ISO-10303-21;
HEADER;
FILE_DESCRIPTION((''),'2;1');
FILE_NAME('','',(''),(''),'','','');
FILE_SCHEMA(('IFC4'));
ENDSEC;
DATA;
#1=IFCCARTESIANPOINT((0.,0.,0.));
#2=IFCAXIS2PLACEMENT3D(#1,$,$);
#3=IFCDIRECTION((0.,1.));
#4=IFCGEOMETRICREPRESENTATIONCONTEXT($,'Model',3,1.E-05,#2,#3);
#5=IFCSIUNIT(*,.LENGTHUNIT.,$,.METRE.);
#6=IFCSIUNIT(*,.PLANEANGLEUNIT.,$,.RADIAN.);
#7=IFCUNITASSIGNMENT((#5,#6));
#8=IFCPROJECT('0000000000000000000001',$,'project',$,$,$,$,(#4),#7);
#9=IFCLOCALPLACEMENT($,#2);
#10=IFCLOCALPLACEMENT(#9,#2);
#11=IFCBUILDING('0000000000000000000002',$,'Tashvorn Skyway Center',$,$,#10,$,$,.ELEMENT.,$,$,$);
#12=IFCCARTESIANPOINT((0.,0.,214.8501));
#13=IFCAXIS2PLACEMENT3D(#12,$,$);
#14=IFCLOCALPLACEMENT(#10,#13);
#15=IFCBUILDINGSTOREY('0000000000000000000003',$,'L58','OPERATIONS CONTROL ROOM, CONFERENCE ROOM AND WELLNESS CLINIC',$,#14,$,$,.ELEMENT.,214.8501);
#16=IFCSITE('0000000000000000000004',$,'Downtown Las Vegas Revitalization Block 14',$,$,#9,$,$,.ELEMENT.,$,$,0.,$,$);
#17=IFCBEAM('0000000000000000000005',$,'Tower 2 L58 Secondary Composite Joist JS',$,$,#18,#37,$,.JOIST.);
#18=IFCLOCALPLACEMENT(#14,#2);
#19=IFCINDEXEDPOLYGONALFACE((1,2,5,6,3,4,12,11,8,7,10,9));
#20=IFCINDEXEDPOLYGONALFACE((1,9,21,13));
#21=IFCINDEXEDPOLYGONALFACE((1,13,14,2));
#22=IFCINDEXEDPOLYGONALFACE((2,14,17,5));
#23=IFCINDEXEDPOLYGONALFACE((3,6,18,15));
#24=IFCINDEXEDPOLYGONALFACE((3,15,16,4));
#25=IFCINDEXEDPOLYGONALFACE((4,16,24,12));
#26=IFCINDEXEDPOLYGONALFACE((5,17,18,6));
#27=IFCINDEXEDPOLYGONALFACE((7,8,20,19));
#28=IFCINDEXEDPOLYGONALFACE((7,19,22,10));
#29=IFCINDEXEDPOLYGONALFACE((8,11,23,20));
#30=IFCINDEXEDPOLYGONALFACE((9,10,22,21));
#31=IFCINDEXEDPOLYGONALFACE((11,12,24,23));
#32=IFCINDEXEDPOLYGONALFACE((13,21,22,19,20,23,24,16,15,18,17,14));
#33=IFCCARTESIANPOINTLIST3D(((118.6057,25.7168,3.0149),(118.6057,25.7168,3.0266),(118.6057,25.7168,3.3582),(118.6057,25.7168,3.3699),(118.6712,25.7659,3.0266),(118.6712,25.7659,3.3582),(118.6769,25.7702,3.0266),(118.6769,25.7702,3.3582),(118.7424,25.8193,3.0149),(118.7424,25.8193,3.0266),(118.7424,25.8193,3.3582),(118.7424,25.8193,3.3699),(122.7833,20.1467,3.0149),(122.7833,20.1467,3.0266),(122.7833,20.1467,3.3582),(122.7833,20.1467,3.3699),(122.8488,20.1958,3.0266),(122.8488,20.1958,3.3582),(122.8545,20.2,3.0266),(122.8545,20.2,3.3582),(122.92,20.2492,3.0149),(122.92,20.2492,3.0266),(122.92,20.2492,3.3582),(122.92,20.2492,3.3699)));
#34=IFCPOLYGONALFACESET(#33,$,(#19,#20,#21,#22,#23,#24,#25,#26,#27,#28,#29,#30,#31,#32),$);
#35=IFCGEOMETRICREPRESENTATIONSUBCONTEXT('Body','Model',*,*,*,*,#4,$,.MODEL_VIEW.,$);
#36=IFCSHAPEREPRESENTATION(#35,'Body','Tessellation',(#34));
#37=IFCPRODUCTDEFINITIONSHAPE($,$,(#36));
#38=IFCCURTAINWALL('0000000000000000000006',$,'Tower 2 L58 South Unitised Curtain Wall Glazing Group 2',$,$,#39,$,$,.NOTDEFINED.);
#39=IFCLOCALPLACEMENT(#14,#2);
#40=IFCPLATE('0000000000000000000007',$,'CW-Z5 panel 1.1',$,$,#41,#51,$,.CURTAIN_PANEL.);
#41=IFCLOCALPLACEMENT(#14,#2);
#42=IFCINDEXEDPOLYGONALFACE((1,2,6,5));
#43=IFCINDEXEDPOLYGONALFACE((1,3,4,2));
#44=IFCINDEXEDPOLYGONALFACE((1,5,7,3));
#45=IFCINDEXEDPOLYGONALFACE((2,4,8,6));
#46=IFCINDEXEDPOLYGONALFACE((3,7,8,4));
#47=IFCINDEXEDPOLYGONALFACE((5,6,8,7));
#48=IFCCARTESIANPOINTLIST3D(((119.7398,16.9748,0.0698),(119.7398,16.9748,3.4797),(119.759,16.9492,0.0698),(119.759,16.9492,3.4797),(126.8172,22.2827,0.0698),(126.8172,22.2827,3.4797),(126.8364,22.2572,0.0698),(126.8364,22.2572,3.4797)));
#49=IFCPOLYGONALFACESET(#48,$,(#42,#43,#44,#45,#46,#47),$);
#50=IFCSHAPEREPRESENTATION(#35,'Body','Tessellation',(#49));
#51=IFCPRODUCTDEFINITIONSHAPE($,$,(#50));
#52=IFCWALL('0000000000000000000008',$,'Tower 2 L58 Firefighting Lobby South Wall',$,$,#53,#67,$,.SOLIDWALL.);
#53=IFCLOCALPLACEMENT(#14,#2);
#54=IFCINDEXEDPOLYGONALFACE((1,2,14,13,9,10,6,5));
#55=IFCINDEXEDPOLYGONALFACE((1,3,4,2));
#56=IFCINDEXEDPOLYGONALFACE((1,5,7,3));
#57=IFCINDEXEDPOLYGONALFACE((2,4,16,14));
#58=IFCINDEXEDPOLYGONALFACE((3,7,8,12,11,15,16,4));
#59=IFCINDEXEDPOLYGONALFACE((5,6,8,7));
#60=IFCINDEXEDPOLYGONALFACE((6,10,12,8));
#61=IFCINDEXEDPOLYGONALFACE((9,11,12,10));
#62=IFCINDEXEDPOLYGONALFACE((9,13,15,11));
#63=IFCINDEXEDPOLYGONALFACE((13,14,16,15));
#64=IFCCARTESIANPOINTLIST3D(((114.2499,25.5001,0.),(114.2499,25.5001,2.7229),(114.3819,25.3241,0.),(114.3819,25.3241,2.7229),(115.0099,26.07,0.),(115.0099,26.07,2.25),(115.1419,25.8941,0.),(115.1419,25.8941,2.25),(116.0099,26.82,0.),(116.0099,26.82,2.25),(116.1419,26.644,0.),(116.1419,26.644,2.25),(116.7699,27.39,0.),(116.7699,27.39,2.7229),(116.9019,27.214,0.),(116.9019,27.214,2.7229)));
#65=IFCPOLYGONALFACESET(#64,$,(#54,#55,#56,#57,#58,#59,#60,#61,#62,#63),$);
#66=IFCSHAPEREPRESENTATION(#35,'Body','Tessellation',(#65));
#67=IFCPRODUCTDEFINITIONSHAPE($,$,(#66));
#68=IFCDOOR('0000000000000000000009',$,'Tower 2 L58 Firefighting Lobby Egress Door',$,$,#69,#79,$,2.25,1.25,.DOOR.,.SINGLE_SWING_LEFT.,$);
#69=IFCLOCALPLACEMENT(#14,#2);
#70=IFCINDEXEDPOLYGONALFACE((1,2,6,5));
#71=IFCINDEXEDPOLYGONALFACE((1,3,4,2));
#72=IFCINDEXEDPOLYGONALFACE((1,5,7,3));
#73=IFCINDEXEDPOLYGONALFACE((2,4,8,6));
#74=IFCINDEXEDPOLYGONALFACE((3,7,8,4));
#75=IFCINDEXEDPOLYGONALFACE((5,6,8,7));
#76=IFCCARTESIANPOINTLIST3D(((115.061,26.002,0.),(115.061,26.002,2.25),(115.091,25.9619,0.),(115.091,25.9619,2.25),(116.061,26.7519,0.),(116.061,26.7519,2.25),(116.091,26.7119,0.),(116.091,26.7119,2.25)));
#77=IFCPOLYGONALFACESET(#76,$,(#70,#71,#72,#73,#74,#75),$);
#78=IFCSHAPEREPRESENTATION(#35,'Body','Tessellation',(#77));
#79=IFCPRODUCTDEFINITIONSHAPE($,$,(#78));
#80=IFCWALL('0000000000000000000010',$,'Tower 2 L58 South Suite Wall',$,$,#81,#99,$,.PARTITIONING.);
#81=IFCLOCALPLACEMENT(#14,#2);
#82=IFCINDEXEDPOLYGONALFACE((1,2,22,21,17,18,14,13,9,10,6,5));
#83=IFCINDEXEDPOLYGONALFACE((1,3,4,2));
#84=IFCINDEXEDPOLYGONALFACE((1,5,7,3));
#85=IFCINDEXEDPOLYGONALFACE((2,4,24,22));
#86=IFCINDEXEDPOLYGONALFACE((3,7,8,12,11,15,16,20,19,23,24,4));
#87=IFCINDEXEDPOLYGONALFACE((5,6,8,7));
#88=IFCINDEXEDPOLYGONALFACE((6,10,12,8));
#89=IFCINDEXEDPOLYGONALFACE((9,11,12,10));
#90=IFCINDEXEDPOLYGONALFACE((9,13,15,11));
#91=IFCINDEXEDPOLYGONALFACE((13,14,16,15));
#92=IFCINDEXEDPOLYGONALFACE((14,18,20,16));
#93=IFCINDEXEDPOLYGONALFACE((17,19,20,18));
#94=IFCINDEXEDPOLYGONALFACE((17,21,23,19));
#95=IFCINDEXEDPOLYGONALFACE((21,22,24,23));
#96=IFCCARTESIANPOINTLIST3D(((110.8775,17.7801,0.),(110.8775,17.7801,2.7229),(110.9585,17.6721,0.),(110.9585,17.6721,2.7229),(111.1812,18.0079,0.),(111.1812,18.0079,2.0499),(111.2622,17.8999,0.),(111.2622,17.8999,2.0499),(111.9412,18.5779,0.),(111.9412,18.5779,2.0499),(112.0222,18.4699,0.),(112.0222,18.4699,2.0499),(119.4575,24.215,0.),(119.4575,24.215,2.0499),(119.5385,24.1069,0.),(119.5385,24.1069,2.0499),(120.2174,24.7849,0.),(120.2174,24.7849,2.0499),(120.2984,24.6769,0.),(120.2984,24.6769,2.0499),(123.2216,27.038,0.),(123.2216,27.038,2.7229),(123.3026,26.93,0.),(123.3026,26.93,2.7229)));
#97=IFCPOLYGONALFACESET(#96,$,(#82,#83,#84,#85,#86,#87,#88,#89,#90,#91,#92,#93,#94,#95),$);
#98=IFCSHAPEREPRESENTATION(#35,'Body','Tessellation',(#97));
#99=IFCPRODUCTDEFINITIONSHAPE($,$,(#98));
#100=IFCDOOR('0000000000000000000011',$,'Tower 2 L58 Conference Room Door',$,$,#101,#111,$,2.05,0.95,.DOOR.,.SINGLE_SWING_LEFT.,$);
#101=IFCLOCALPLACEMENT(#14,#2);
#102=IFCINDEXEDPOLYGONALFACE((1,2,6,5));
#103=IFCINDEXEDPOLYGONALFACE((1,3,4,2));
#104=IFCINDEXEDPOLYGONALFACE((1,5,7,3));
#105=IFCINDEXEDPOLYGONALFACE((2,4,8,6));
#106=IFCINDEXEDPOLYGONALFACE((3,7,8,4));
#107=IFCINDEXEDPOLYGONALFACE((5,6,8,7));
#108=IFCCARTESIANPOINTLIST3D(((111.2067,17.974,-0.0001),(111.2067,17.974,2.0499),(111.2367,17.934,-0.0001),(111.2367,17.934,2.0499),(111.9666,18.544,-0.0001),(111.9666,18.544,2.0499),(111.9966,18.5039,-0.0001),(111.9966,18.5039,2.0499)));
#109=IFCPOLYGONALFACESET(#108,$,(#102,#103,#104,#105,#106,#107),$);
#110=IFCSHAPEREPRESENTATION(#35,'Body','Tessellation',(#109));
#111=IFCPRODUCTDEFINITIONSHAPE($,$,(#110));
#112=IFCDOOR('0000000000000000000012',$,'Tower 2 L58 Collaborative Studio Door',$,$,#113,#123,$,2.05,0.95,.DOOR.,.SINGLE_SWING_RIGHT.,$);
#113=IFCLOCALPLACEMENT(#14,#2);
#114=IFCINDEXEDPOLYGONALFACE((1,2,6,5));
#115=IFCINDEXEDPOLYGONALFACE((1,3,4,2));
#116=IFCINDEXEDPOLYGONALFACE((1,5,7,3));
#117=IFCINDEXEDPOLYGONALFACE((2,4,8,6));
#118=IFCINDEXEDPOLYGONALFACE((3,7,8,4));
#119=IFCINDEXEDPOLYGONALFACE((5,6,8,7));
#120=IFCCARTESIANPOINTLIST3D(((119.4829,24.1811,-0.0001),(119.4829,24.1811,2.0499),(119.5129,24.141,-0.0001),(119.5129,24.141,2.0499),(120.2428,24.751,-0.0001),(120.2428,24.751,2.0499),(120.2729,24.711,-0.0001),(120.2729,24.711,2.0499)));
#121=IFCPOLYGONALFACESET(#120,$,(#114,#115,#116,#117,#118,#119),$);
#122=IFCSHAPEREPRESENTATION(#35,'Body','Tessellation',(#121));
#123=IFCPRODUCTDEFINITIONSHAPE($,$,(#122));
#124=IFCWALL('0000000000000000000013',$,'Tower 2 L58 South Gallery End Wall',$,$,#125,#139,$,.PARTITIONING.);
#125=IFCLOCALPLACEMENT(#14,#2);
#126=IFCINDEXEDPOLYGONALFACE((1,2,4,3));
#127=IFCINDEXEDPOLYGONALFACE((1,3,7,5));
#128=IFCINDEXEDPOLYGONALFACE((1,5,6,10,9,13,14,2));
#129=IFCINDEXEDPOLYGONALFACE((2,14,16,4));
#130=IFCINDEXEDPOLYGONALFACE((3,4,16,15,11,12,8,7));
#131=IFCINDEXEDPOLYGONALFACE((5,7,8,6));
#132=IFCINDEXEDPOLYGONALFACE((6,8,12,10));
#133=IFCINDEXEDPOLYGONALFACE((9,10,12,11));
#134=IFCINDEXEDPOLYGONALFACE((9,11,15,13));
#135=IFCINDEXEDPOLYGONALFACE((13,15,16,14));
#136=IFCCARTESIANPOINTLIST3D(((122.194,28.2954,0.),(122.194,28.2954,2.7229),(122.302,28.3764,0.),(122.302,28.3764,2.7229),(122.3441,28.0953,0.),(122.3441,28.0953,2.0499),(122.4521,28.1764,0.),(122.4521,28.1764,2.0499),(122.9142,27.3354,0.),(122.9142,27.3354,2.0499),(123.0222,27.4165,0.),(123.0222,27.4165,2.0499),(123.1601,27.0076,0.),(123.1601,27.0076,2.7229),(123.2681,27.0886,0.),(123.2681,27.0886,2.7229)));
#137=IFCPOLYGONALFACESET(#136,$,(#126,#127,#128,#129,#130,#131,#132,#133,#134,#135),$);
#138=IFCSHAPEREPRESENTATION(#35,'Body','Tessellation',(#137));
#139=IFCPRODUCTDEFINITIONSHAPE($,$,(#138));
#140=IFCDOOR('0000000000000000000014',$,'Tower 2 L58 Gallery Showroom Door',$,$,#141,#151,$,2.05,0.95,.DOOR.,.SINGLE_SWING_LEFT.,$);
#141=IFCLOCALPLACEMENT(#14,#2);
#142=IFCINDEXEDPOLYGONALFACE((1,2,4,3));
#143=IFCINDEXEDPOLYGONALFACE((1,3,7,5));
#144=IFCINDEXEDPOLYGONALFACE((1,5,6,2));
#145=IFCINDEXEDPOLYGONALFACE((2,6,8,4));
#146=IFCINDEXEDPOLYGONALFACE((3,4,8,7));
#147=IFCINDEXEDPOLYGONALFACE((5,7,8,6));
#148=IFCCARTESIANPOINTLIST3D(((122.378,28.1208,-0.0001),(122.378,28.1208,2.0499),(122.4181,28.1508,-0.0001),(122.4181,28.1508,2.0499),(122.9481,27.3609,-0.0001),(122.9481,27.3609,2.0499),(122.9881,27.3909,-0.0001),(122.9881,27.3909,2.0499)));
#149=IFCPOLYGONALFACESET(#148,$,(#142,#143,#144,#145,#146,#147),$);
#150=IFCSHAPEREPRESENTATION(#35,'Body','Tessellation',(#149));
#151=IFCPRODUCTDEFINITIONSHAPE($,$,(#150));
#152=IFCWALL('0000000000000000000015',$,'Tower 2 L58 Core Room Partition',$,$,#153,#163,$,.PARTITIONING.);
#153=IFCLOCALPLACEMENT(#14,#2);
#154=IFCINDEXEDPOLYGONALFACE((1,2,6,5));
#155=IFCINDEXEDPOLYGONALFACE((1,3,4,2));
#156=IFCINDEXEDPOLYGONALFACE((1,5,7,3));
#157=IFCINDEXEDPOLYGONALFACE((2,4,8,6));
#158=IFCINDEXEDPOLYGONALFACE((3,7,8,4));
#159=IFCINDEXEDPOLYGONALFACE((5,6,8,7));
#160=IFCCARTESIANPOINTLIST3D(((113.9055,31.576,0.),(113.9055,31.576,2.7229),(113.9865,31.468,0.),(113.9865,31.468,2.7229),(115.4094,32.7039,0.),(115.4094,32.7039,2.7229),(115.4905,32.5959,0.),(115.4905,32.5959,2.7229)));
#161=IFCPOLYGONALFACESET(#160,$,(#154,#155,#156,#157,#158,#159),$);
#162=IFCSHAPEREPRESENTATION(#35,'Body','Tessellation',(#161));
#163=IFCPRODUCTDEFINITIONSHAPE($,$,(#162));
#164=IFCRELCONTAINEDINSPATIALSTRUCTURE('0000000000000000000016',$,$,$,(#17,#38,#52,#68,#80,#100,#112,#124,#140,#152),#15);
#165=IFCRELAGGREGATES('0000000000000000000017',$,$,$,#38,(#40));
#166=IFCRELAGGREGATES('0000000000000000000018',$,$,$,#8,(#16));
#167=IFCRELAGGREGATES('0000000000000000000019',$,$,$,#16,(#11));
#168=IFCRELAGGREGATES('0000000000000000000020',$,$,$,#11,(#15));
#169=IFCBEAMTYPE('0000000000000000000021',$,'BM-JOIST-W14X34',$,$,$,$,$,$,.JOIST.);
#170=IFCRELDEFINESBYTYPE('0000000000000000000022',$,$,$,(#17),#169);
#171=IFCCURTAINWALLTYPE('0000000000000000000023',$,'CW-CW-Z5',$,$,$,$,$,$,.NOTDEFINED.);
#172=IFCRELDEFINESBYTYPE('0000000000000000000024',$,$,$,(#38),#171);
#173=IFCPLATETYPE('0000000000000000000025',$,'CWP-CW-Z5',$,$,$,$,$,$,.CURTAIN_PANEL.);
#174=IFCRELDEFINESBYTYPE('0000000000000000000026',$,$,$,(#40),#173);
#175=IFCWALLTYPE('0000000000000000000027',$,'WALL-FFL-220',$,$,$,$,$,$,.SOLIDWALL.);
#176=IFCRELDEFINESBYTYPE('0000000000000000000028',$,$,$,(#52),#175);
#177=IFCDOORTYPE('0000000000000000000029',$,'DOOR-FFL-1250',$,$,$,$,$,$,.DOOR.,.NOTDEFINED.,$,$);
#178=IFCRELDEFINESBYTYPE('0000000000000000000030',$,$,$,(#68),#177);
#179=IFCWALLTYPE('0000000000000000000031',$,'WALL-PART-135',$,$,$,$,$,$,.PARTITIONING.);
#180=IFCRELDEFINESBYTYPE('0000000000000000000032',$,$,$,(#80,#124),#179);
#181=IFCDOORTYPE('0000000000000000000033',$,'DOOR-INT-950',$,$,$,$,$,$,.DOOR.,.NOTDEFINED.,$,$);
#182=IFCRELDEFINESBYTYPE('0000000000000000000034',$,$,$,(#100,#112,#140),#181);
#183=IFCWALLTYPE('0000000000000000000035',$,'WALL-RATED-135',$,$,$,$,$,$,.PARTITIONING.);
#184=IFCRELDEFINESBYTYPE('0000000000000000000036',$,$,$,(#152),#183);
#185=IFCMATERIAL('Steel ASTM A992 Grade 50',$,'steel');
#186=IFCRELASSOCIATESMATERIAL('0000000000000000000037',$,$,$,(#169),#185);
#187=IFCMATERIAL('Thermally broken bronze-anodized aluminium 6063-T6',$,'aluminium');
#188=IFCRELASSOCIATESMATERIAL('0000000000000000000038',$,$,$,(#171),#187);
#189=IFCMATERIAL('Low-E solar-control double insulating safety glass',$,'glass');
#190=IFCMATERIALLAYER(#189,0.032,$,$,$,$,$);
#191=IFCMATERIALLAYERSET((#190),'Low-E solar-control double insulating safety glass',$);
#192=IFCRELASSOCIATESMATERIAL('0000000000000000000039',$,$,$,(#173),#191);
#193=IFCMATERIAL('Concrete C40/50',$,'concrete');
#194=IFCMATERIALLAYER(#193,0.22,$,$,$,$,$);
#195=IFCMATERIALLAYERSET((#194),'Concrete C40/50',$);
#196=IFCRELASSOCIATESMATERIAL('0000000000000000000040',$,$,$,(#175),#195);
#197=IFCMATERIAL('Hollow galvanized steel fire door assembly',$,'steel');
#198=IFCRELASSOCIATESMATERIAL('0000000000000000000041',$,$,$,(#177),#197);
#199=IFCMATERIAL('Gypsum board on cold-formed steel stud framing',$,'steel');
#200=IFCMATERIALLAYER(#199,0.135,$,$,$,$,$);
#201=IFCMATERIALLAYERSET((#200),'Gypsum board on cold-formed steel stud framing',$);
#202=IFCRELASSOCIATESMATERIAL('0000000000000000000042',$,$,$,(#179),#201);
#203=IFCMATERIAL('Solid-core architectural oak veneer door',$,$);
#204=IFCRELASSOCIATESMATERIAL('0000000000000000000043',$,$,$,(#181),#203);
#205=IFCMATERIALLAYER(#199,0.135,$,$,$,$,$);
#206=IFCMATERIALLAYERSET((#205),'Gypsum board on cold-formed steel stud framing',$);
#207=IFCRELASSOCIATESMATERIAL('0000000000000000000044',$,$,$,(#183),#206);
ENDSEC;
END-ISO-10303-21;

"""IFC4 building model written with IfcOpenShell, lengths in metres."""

from ifc_helpers import new_model, si_unit, direction, frame, frame_2d, origin, origin_2d, place, context, subcontext, project, spatial, rectangle, i_section, extrude, material, layer, layer_set, material_profile, profile_set, type_object, element, fill, aggregate, save


model = new_model("IFC4")

# Units and contexts
model_context = context("Model", 3, precision=1e-05, world=origin(), true_north=direction((0.0, 1.0)))
body_context = subcontext(model_context, "Body", "Model", "MODEL_VIEW")
ifc_project = project(units=[si_unit("LENGTHUNIT", "METRE"), si_unit("PLANEANGLEUNIT", "RADIAN")], contexts=[model_context])

# Site, building, storey
site_placement = place(None, origin())
site = spatial("IfcSite", under=ifc_project, at=site_placement, Name="Downtown Las Vegas Revitalization Block 14", CompositionType="ELEMENT", RefElevation=0.0)
building_placement = place(site_placement, origin())
building = spatial("IfcBuilding", under=site, at=building_placement, Name="Tashvorn Skyway Center", CompositionType="ELEMENT")
storey_placement = place(building_placement, frame((0.0, 0.0, 214.8501)))
storey = spatial("IfcBuildingStorey", under=building, at=storey_placement, Name="L58", Description="OPERATIONS CONTROL ROOM, CONFERENCE ROOM AND WELLNESS CLINIC", CompositionType="ELEMENT", Elevation=214.8501)

# Beam
ifc_material_1 = material(Name="Steel ASTM A992 Grade 50", Category="steel")
ifc_material_profile = material_profile(ifc_material_1, i_section(OverallWidth=0.1709, OverallDepth=0.355, WebThickness=0.0071, FlangeThickness=0.0117, at=origin_2d()), Name="W14X34")
ifc_profile_set = profile_set([ifc_material_profile], Name="Steel ASTM A992 Grade 50")
beam_type = type_object("IfcBeamType", Name="BM-JOIST-W14X34", PredefinedType="JOIST", material=ifc_profile_set)
beam_placement = place(storey_placement, frame((118.6741, 25.7681, 3.1924), z_axis=(0.599994, -0.800004, 0.0), x_axis=(0.800004, 0.599994, 0.0)))
element("IfcBeam", 1, at=beam_placement, inside=storey, type_object=beam_type, Name="Tower 2 L58 Secondary Composite Joist JS", PredefinedType="JOIST", context=body_context, shape_type="SweptSolid", body=[
    extrude(i_section(OverallWidth=0.1709, OverallDepth=0.355, WebThickness=0.0071, FlangeThickness=0.0117, at=origin_2d()), origin(), (0.0, 0.0, 1.0), 6.9626),
])

# Curtain wall, plate
ifc_material_2 = material(Name="Thermally broken bronze-anodized aluminium 6063-T6", Category="aluminium")
curtain_wall_type = type_object("IfcCurtainWallType", Name="CW-CW-Z5", PredefinedType="NOTDEFINED", material=ifc_material_2)
curtain_wall_placement = place(storey_placement, origin())
curtain_wall = element("IfcCurtainWall", 2, at=curtain_wall_placement, inside=storey, type_object=curtain_wall_type, Name="Tower 2 L58 South Unitised Curtain Wall Glazing Group 2", PredefinedType="NOTDEFINED")
ifc_material_3 = material(Name="Low-E solar-control double insulating safety glass", Category="glass")
ifc_layer_1 = layer(ifc_material_3, 0.032)
ifc_layer_set_1 = layer_set([ifc_layer_1], Name="Low-E solar-control double insulating safety glass")
plate_type = type_object("IfcPlateType", Name="CWP-CW-Z5", PredefinedType="CURTAIN_PANEL", material=ifc_layer_set_1)
plate_placement = place(storey_placement, frame((123.2881, 19.616, 0.0698), z_axis=(0.0, 0.0, 1.0), x_axis=(-0.800003, -0.599996, 0.0)))
plate = element("IfcPlate", 3, at=plate_placement, type_object=plate_type, Name="CW-Z5 panel 1.1", PredefinedType="CURTAIN_PANEL", context=body_context, shape_type="SweptSolid", body=[
    extrude(rectangle(XDim=8.8467, YDim=0.032, at=origin_2d()), origin(), (0.0, 0.0, 1.0), 3.4099),
])
aggregate(curtain_wall, [plate])

# Wall, opening, door
ifc_material_4 = material(Name="Concrete C40/50", Category="concrete")
ifc_layer_2 = layer(ifc_material_4, 0.22)
ifc_layer_set_2 = layer_set([ifc_layer_2], Name="Concrete C40/50")
wall_type_1 = type_object("IfcWallType", Name="WALL-FFL-220", PredefinedType="SOLIDWALL", material=ifc_layer_set_2)
wall_1_placement = place(storey_placement, frame((114.3159, 25.4121, 0.0), z_axis=(0.0, 0.0, 1.0), x_axis=(0.800019, 0.599975, 0.0)))
wall_1 = element("IfcWall", 4, at=wall_1_placement, inside=storey, type_object=wall_type_1, Name="Tower 2 L58 Firefighting Lobby South Wall", PredefinedType="SOLIDWALL", context=body_context, shape_type="SweptSolid", body=[
    extrude(rectangle(XDim=3.1499, YDim=0.22, at=frame_2d((1.575, 0.0))), origin(), (0.0, 0.0, 1.0), 2.7229),
])
opening_1_placement = place(wall_1_placement, frame((0.95, 0.0, 0.0)))
opening_1 = element("IfcOpeningElement", 5, at=opening_1_placement, cuts=wall_1, PredefinedType="OPENING", context=body_context, shape_type="SweptSolid", body=[
    extrude(rectangle(XDim=1.25, YDim=2.25, at=frame_2d((0.625, 1.125))), frame((0.0, 0.1199, 0.0), z_axis=(0.0, -1.0, 0.0), x_axis=(1.0, 0.0, 0.0)), (0.0, 0.0, 1.0), 0.24),
])
ifc_material_5 = material(Name="Hollow galvanized steel fire door assembly", Category="steel")
door_type_1 = type_object("IfcDoorType", Name="DOOR-FFL-1250", OperationType="NOTDEFINED", PredefinedType="DOOR", material=ifc_material_5)
door_1_placement = place(opening_1_placement, origin())
door_1 = element("IfcDoor", 6, at=door_1_placement, inside=storey, type_object=door_type_1, Name="Tower 2 L58 Firefighting Lobby Egress Door", OperationType="SINGLE_SWING_LEFT", OverallHeight=2.25, OverallWidth=1.25, PredefinedType="DOOR", context=body_context, shape_type="SweptSolid", body=[
    extrude(rectangle(XDim=1.25, YDim=2.25, at=frame_2d((0.625, 1.125))), frame((0.0, 0.0249, 0.0), z_axis=(0.0, -1.0, 0.0), x_axis=(1.0, 0.0, 0.0)), (0.0, 0.0, 1.0), 0.05),
])
fill(opening_1, door_1)

# Wall, openings, doors
ifc_material_6 = material(Name="Gypsum board on cold-formed steel stud framing", Category="steel")
ifc_layer_3 = layer(ifc_material_6, 0.135)
ifc_layer_set_3 = layer_set([ifc_layer_3], Name="Gypsum board on cold-formed steel stud framing")
wall_type_2 = type_object("IfcWallType", Name="WALL-PART-135", PredefinedType="PARTITIONING", material=ifc_layer_set_3)
wall_2_placement = place(storey_placement, frame((123.262, 26.9839, 0.0), z_axis=(0.0, 0.0, 1.0), x_axis=(-0.800006, -0.599992, 0.0)))
wall_2 = element("IfcWall", 7, at=wall_2_placement, inside=storey, type_object=wall_type_2, Name="Tower 2 L58 South Suite Wall", PredefinedType="PARTITIONING", context=body_context, shape_type="SweptSolid", body=[
    extrude(rectangle(XDim=15.4299, YDim=0.135, at=frame_2d((7.7148, 0.0))), origin(), (0.0, 0.0, 1.0), 2.7229),
])
opening_2_placement = place(wall_2_placement, frame((14.1001, 0.0, 0.0)))
opening_2 = element("IfcOpeningElement", 8, at=opening_2_placement, cuts=wall_2, PredefinedType="OPENING", context=body_context, shape_type="SweptSolid", body=[
    extrude(rectangle(XDim=0.95, YDim=2.05, at=frame_2d((0.4751, 1.0249))), frame((0.0, 0.0774, 0.0), z_axis=(0.0, -1.0, 0.0), x_axis=(1.0, 0.0, 0.0)), (0.0, 0.0, 1.0), 0.155),
])
opening_3_placement = place(wall_2_placement, frame((3.7549, 0.0, 0.0)))
opening_3 = element("IfcOpeningElement", 9, at=opening_3_placement, cuts=wall_2, PredefinedType="OPENING", context=body_context, shape_type="SweptSolid", body=[
    extrude(rectangle(XDim=0.95, YDim=2.05, at=frame_2d((0.4751, 1.0249))), frame((0.0, 0.0774, 0.0), z_axis=(0.0, -1.0, 0.0), x_axis=(1.0, 0.0, 0.0)), (0.0, 0.0, 1.0), 0.155),
])
ifc_material_7 = material(Name="Solid-core architectural oak veneer door")
door_type_2 = type_object("IfcDoorType", Name="DOOR-INT-950", OperationType="NOTDEFINED", PredefinedType="DOOR", material=ifc_material_7)
door_2_placement = place(opening_2_placement, origin())
door_2 = element("IfcDoor", 10, at=door_2_placement, inside=storey, type_object=door_type_2, Name="Tower 2 L58 Conference Room Door", OperationType="SINGLE_SWING_LEFT", OverallHeight=2.05, OverallWidth=0.95, PredefinedType="DOOR", context=body_context, shape_type="SweptSolid", body=[
    extrude(rectangle(XDim=0.95, YDim=2.05, at=frame_2d((0.4751, 1.0249))), frame((0.0, 0.0249, 0.0), z_axis=(0.0, -1.0, 0.0), x_axis=(1.0, 0.0, 0.0)), (0.0, 0.0, 1.0), 0.05),
])
fill(opening_2, door_2)
door_3_placement = place(opening_3_placement, origin())
door_3 = element("IfcDoor", 11, at=door_3_placement, inside=storey, type_object=door_type_2, Name="Tower 2 L58 Collaborative Studio Door", OperationType="SINGLE_SWING_RIGHT", OverallHeight=2.05, OverallWidth=0.95, PredefinedType="DOOR", context=body_context, shape_type="SweptSolid", body=[
    extrude(rectangle(XDim=0.95, YDim=2.05, at=frame_2d((0.4751, 1.0249))), frame((0.0, 0.0249, 0.0), z_axis=(0.0, -1.0, 0.0), x_axis=(1.0, 0.0, 0.0)), (0.0, 0.0, 1.0), 0.05),
])
fill(opening_3, door_3)

# Wall, opening, door
wall_3_placement = place(storey_placement, frame((122.248, 28.3359, 0.0), z_axis=(0.0, 0.0, 1.0), x_axis=(0.600073, -0.799945, 0.0)))
wall_3 = element("IfcWall", 12, at=wall_3_placement, inside=storey, type_object=wall_type_2, Name="Tower 2 L58 South Gallery End Wall", PredefinedType="PARTITIONING", context=body_context, shape_type="SweptSolid", body=[
    extrude(rectangle(XDim=1.6099, YDim=0.135, at=frame_2d((0.8049, 0.0))), origin(), (0.0, 0.0, 1.0), 2.7229),
])
opening_4_placement = place(wall_3_placement, frame((0.25, 0.0, 0.0)))
opening_4 = element("IfcOpeningElement", 13, at=opening_4_placement, cuts=wall_3, PredefinedType="OPENING", context=body_context, shape_type="SweptSolid", body=[
    extrude(rectangle(XDim=0.95, YDim=2.05, at=frame_2d((0.4751, 1.0249))), frame((0.0, 0.0774, 0.0), z_axis=(0.0, -1.0, 0.0), x_axis=(1.0, 0.0, 0.0)), (0.0, 0.0, 1.0), 0.155),
])
door_4_placement = place(opening_4_placement, origin())
door_4 = element("IfcDoor", 14, at=door_4_placement, inside=storey, type_object=door_type_2, Name="Tower 2 L58 Gallery Showroom Door", OperationType="SINGLE_SWING_LEFT", OverallHeight=2.05, OverallWidth=0.95, PredefinedType="DOOR", context=body_context, shape_type="SweptSolid", body=[
    extrude(rectangle(XDim=0.95, YDim=2.05, at=frame_2d((0.4751, 1.0249))), frame((0.0, 0.0249, 0.0), z_axis=(0.0, -1.0, 0.0), x_axis=(1.0, 0.0, 0.0)), (0.0, 0.0, 1.0), 0.05),
])
fill(opening_4, door_4)

# Wall
ifc_layer_4 = layer(ifc_material_6, 0.135)
ifc_layer_set_4 = layer_set([ifc_layer_4], Name="Gypsum board on cold-formed steel stud framing")
wall_type_3 = type_object("IfcWallType", Name="WALL-RATED-135", PredefinedType="PARTITIONING", material=ifc_layer_set_4)
for number, where, z_axis, x_axis, name in (
    (15, (113.946, 31.522, 0.0), (0.0, 0.0, 1.0), (0.8, 0.6, 0.0), "Tower 2 L58 Core Room Partition"),
):
    element("IfcWall", number, at=place(storey_placement, frame(where, z_axis=z_axis, x_axis=x_axis)), inside=storey, type_object=wall_type_3, Name=name, PredefinedType="PARTITIONING", context=body_context, shape_type="SweptSolid", body=[
        extrude(rectangle(XDim=1.8799, YDim=0.135, at=frame_2d((0.9399, 0.0))), origin(), (0.0, 0.0, 1.0), 2.7229),
    ])

save(model, "model.ifc")
